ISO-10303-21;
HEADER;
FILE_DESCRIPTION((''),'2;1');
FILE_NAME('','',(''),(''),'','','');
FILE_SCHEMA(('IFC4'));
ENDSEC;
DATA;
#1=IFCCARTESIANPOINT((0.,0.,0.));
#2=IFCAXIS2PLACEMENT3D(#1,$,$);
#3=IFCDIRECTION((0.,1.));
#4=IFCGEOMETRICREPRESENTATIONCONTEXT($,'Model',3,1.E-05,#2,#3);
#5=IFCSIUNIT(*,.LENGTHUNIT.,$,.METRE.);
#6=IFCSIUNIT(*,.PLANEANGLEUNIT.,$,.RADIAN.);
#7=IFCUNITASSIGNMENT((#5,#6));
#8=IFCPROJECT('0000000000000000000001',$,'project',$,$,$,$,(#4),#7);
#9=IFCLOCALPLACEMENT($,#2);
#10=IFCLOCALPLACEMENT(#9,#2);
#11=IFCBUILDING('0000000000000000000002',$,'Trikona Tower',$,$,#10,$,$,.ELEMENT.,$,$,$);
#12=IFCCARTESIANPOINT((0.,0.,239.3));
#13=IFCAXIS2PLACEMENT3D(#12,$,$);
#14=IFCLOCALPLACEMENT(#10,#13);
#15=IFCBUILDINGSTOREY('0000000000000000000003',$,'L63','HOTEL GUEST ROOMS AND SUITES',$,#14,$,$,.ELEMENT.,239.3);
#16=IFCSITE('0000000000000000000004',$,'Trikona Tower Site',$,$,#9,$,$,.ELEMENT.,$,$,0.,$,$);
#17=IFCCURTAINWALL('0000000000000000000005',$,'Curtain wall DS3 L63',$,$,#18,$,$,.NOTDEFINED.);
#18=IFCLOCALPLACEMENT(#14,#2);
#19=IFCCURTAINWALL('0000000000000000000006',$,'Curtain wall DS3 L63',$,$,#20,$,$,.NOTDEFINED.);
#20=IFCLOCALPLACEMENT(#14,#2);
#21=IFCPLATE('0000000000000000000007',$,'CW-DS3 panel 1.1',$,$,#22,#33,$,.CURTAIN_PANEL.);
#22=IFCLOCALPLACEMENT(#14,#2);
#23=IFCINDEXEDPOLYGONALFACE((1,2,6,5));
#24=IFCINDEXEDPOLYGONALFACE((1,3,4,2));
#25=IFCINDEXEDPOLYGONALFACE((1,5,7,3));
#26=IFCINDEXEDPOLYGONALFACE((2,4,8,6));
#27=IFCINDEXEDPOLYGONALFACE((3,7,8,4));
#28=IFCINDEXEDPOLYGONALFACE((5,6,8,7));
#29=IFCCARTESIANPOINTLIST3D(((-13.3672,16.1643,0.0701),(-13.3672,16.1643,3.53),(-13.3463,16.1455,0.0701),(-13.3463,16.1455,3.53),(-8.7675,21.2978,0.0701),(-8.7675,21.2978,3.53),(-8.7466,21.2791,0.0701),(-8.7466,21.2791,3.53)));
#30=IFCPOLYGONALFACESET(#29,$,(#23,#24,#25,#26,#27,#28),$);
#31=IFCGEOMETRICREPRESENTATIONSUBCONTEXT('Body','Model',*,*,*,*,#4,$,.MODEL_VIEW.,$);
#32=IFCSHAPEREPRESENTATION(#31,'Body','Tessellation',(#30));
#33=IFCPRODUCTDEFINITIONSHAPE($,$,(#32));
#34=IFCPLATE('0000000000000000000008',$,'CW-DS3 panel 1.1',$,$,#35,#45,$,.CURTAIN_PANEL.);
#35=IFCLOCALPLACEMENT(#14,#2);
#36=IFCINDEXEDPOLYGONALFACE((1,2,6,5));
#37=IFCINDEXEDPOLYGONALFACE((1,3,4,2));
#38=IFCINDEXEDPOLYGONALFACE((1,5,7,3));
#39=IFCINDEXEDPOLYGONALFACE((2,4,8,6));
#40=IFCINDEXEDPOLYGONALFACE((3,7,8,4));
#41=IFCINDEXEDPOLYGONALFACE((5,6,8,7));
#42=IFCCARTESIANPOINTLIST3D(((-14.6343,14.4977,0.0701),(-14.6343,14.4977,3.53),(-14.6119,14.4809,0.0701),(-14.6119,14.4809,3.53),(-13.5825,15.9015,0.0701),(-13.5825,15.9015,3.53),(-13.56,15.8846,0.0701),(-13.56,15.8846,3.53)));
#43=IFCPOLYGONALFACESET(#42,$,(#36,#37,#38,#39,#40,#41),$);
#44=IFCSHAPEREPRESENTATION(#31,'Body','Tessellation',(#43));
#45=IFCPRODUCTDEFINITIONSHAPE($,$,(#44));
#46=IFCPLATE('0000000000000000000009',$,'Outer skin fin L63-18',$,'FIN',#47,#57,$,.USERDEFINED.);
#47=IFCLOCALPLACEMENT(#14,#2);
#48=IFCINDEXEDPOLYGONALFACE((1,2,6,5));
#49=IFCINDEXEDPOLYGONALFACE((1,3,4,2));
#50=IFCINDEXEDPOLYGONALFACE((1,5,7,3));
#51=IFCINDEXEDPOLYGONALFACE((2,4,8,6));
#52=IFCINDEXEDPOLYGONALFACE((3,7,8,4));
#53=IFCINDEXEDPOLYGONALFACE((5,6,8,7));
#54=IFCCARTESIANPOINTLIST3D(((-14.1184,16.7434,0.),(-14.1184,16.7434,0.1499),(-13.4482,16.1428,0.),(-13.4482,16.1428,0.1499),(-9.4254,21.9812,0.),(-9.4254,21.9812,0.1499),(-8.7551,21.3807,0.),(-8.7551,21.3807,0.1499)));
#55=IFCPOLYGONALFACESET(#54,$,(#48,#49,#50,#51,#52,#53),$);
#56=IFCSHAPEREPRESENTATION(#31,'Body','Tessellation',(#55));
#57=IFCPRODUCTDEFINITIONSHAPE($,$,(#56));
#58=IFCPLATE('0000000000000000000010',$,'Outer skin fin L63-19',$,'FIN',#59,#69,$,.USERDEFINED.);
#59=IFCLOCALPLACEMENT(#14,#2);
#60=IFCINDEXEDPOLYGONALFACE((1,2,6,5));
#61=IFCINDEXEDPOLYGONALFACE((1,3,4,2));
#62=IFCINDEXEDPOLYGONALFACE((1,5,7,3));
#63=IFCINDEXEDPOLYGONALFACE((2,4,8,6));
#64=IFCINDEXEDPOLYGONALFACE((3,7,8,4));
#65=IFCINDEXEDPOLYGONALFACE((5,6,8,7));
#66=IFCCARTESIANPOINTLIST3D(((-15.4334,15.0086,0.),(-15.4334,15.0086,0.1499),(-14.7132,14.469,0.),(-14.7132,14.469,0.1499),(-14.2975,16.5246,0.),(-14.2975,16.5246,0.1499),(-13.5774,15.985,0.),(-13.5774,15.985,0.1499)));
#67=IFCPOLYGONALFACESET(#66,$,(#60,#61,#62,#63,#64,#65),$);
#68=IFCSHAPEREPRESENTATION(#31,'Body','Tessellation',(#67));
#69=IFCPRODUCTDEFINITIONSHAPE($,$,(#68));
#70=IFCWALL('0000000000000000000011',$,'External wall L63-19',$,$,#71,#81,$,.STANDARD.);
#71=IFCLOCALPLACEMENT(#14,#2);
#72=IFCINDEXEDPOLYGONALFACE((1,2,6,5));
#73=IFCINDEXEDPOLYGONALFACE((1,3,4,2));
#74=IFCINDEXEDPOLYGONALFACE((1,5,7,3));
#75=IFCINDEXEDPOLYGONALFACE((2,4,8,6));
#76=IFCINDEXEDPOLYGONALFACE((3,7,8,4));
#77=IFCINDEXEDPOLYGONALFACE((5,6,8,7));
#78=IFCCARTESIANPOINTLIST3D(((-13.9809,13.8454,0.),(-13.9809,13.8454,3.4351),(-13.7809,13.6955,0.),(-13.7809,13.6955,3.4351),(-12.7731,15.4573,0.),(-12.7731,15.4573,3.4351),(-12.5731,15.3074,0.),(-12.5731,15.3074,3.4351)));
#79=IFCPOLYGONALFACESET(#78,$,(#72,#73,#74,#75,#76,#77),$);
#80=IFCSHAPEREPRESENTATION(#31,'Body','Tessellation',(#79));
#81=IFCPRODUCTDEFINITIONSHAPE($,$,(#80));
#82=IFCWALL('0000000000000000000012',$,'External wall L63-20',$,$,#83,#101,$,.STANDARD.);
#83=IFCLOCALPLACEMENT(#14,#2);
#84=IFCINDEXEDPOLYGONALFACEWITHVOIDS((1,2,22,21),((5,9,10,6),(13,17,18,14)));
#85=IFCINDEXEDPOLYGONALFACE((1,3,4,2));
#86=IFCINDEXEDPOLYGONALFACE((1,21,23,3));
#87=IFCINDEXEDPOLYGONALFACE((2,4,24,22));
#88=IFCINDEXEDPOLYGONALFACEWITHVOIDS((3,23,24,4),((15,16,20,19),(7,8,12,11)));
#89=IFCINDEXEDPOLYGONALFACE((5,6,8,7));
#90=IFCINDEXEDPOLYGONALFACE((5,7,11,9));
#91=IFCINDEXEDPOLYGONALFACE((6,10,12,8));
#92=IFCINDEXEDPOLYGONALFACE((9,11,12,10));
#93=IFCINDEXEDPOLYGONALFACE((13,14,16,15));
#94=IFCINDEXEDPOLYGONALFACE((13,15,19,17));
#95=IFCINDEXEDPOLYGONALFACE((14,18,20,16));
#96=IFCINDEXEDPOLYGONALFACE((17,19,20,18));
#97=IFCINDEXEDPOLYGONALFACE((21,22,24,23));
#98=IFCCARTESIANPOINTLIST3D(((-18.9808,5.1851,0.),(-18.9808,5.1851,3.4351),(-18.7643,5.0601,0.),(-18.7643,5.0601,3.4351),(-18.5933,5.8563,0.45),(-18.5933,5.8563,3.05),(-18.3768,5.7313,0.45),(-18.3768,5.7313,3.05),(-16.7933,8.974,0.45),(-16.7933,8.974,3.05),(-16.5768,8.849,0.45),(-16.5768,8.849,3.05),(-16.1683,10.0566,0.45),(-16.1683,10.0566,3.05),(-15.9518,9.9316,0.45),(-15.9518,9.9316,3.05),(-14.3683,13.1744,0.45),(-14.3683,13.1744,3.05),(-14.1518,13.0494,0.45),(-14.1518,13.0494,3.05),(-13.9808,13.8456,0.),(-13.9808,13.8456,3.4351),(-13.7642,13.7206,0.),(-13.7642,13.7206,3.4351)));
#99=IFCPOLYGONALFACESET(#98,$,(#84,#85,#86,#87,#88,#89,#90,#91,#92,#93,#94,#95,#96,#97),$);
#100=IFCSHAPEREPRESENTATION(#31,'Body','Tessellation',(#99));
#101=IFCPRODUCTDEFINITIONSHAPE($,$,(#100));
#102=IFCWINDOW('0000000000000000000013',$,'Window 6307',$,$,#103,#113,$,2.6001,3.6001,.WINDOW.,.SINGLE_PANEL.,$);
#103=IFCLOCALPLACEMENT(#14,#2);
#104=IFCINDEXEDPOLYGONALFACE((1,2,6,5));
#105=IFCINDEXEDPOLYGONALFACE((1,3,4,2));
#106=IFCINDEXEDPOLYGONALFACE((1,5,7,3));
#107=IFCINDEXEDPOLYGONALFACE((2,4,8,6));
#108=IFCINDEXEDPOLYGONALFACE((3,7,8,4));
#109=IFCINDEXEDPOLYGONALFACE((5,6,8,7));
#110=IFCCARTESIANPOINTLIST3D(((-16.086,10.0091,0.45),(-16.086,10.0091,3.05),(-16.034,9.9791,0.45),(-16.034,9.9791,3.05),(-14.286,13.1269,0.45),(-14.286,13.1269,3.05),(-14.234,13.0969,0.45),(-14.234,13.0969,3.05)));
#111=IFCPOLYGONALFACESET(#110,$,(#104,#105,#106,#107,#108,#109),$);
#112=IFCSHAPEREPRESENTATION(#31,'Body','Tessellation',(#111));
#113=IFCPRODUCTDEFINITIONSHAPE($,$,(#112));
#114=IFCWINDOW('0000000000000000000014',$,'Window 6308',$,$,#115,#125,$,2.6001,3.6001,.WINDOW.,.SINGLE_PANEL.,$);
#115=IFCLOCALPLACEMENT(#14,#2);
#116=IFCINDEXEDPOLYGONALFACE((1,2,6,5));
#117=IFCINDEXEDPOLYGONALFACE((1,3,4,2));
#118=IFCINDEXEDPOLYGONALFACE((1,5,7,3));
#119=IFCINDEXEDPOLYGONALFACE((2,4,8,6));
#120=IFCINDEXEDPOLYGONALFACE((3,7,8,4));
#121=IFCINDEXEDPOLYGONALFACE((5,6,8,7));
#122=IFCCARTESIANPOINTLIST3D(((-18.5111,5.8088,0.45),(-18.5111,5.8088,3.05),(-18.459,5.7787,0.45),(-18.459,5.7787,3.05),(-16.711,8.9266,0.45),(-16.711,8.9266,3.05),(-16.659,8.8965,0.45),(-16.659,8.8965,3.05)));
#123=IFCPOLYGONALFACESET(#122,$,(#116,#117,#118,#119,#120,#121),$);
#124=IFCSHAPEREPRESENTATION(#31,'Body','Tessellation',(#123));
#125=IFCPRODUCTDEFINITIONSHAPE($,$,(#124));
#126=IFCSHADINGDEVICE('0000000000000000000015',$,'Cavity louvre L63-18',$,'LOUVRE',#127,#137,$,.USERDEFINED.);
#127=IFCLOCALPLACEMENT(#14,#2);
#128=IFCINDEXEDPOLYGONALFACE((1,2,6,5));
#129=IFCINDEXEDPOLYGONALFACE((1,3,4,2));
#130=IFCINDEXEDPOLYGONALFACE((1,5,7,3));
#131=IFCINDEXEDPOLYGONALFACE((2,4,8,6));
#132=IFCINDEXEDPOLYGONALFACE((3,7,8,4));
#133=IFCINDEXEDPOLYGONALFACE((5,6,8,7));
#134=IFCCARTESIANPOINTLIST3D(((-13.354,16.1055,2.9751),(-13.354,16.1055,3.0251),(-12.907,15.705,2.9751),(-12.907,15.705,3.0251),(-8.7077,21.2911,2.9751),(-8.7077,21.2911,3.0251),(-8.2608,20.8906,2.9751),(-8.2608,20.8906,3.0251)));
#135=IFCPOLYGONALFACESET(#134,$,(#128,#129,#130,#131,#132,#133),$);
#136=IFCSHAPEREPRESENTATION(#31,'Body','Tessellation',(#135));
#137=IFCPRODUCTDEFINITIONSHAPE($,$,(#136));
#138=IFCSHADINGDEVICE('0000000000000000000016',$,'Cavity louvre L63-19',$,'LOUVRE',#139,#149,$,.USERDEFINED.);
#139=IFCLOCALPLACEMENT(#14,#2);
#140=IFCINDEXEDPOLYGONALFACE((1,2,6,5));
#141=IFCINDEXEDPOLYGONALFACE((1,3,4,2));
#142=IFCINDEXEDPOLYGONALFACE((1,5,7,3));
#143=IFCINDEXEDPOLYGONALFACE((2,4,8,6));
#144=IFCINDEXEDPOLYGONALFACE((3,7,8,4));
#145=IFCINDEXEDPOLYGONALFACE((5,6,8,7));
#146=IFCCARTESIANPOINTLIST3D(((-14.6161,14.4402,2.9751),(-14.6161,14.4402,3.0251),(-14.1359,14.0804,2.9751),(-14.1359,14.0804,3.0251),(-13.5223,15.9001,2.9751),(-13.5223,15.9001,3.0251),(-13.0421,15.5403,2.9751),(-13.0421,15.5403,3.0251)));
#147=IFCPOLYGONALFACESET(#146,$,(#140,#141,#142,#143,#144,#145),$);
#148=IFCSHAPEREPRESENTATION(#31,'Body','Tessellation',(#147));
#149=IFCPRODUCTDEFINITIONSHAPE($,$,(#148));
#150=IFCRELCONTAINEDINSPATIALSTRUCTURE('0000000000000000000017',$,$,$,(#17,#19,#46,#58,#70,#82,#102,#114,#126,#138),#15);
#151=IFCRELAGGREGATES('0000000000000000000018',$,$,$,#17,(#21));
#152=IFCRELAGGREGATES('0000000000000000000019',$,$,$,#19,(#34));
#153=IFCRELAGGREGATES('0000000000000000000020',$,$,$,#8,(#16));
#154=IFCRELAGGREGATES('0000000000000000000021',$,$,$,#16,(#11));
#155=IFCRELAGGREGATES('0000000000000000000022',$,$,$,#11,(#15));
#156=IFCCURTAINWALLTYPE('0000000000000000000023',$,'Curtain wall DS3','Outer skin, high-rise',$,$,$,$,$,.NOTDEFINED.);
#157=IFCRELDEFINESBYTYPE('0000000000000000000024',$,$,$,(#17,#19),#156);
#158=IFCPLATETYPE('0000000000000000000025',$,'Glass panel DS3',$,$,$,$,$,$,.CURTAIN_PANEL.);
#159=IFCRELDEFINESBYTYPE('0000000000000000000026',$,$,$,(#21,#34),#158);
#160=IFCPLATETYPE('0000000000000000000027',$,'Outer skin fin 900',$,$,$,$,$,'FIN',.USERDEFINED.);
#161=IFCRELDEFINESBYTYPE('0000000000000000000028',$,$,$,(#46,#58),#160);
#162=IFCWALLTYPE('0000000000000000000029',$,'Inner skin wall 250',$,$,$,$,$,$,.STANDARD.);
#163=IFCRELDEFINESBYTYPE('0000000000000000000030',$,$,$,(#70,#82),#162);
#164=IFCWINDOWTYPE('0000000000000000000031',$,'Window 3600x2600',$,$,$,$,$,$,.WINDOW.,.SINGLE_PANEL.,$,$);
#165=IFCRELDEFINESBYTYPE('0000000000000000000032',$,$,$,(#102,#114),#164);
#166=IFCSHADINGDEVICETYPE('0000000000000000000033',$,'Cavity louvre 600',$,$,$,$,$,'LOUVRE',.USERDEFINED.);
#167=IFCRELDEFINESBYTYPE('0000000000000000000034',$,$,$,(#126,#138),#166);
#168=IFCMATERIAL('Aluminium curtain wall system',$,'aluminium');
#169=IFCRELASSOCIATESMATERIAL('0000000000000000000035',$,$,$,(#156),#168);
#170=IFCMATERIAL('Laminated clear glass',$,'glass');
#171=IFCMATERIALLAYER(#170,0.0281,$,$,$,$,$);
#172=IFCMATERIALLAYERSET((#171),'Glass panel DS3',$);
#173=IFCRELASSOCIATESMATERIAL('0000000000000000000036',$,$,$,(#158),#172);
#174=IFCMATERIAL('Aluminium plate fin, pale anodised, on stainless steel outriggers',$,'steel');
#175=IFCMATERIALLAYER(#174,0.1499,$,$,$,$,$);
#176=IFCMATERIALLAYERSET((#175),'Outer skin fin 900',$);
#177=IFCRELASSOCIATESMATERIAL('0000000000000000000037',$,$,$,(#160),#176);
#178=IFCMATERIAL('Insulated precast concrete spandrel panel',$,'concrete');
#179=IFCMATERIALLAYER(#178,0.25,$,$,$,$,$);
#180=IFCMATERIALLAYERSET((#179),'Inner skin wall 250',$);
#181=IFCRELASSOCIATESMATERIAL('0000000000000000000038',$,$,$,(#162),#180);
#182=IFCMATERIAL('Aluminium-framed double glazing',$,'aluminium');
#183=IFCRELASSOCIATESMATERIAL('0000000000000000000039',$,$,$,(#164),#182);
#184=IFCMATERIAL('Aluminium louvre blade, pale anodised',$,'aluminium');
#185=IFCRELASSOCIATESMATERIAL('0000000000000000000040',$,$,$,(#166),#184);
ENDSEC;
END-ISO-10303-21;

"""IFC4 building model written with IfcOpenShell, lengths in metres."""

from ifc_helpers import new_model, si_unit, direction, frame, frame_2d, origin, origin_2d, place, context, subcontext, project, spatial, rectangle, extrude, material, layer, layer_set, type_object, element, fill, aggregate, save


model = new_model("IFC4")

# Units and contexts
model_context = context("Model", 3, precision=1e-05, world=origin(), true_north=direction((0.0, 1.0)))
body_context = subcontext(model_context, "Body", "Model", "MODEL_VIEW")
ifc_project = project(units=[si_unit("LENGTHUNIT", "METRE"), si_unit("PLANEANGLEUNIT", "RADIAN")], contexts=[model_context])

# Site, building, storey
site_placement = place(None, origin())
site = spatial("IfcSite", under=ifc_project, at=site_placement, Name="Trikona Tower Site", CompositionType="ELEMENT", RefElevation=0.0)
building_placement = place(site_placement, origin())
building = spatial("IfcBuilding", under=site, at=building_placement, Name="Trikona Tower", CompositionType="ELEMENT")
storey_placement = place(building_placement, frame((0.0, 0.0, 239.3)))
storey = spatial("IfcBuildingStorey", under=building, at=storey_placement, Name="L63", Description="HOTEL GUEST ROOMS AND SUITES", CompositionType="ELEMENT", Elevation=239.3)

# Curtain wall
ifc_material_1 = material(Name="Aluminium curtain wall system", Category="aluminium")
curtain_wall_type = type_object("IfcCurtainWallType", Name="Curtain wall DS3", Description="Outer skin, high-rise", PredefinedType="NOTDEFINED", material=ifc_material_1)
curtain_wall_1_placement = place(storey_placement, origin())
curtain_wall_1 = element("IfcCurtainWall", 1, at=curtain_wall_1_placement, inside=storey, type_object=curtain_wall_type, Name="Curtain wall DS3 L63", PredefinedType="NOTDEFINED")

# Curtain wall
curtain_wall_2_placement = place(storey_placement, origin())
curtain_wall_2 = element("IfcCurtainWall", 2, at=curtain_wall_2_placement, inside=storey, type_object=curtain_wall_type, Name="Curtain wall DS3 L63", PredefinedType="NOTDEFINED")

# Plates
ifc_material_2 = material(Name="Laminated clear glass", Category="glass")
ifc_layer_1 = layer(ifc_material_2, 0.0281)
ifc_layer_set_1 = layer_set([ifc_layer_1], Name="Glass panel DS3")
plate_type_1 = type_object("IfcPlateType", Name="Glass panel DS3", PredefinedType="CURTAIN_PANEL", material=ifc_layer_set_1)
plate_1_placement = place(storey_placement, frame((-11.0569, 18.7217, 0.0701), z_axis=(0.0, 0.0, 1.0), x_axis=(-0.66732, -0.744771, 0.0)))
plate_1 = element("IfcPlate", 3, at=plate_1_placement, type_object=plate_type_1, Name="CW-DS3 panel 1.1", PredefinedType="CURTAIN_PANEL", context=body_context, shape_type="SweptSolid", body=[
    extrude(rectangle(XDim=6.8928, YDim=0.0281, at=origin_2d()), origin(), (0.0, 0.0, 1.0), 3.46),
])
aggregate(curtain_wall_1, [plate_1])
plate_2_placement = place(storey_placement, frame((-14.0972, 15.1912, 0.0701), z_axis=(0.0, 0.0, 1.0), x_axis=(-0.599654, -0.80026, 0.0)))
plate_2 = element("IfcPlate", 4, at=plate_2_placement, type_object=plate_type_1, Name="CW-DS3 panel 1.1", PredefinedType="CURTAIN_PANEL", context=body_context, shape_type="SweptSolid", body=[
    extrude(rectangle(XDim=1.7542, YDim=0.0281, at=origin_2d()), origin(), (0.0, 0.0, 1.0), 3.46),
])
aggregate(curtain_wall_2, [plate_2])

# Plates
ifc_material_3 = material(Name="Aluminium plate fin, pale anodised, on stainless steel outriggers", Category="steel")
ifc_layer_2 = layer(ifc_material_3, 0.1499)
ifc_layer_set_2 = layer_set([ifc_layer_2], Name="Outer skin fin 900")
plate_type_2 = type_object("IfcPlateType", Name="Outer skin fin 900", ElementType="FIN", PredefinedType="USERDEFINED", material=ifc_layer_set_2)
plate_3_placement = place(storey_placement, frame((-11.4368, 19.062, 0.0), z_axis=(0.0, 0.0, 1.0), x_axis=(-0.667311, -0.744779, 0.0)))
element("IfcPlate", 5, at=plate_3_placement, inside=storey, type_object=plate_type_2, Name="Outer skin fin L63-18", ObjectType="FIN", PredefinedType="USERDEFINED", context=body_context, shape_type="SweptSolid", body=[
    extrude(rectangle(XDim=7.0327, YDim=0.8999, at=origin_2d()), origin(), (0.0, 0.0, 1.0), 0.1499),
])
plate_4_placement = place(storey_placement, frame((-14.5054, 15.4968, 0.0), z_axis=(0.0, 0.0, 1.0), x_axis=(-0.599619, -0.800286, 0.0)))
element("IfcPlate", 6, at=plate_4_placement, inside=storey, type_object=plate_type_2, Name="Outer skin fin L63-19", ObjectType="FIN", PredefinedType="USERDEFINED", context=body_context, shape_type="SweptSolid", body=[
    extrude(rectangle(XDim=1.8943, YDim=0.8999, at=origin_2d()), origin(), (0.0, 0.0, 1.0), 0.1499),
])

# Wall
ifc_material_4 = material(Name="Insulated precast concrete spandrel panel", Category="concrete")
ifc_layer_3 = layer(ifc_material_4, 0.25)
ifc_layer_set_3 = layer_set([ifc_layer_3], Name="Inner skin wall 250")
wall_type = type_object("IfcWallType", Name="Inner skin wall 250", PredefinedType="STANDARD", material=ifc_layer_set_3)
wall_1_placement = place(storey_placement, frame((-12.6731, 15.3823, 0.0), z_axis=(0.0, 0.0, 1.0), x_axis=(-0.599651, -0.800262, 0.0)))
element("IfcWall", 7, at=wall_1_placement, inside=storey, type_object=wall_type, Name="External wall L63-19", PredefinedType="STANDARD", context=body_context, shape_type="SweptSolid", body=[
    extrude(rectangle(XDim=2.0142, YDim=0.25, at=frame_2d((1.0071, 0.0))), origin(), (0.0, 0.0, 1.0), 3.4351),
])

# Wall, openings, windows
wall_2_placement = place(storey_placement, frame((-13.8726, 13.783, 0.0), z_axis=(0.0, 0.0, 1.0), x_axis=(-0.499994, -0.866029, 0.0)))
wall_2 = element("IfcWall", 8, at=wall_2_placement, inside=storey, type_object=wall_type, Name="External wall L63-20", PredefinedType="STANDARD", context=body_context, shape_type="SweptSolid", body=[
    extrude(rectangle(XDim=10.0002, YDim=0.25, at=frame_2d((5.0, 0.0))), origin(), (0.0, 0.0, 1.0), 3.4351),
])
opening_1_placement = place(wall_2_placement, frame((0.7749, 0.0, 0.45)))
opening_1 = element("IfcOpeningElement", 9, at=opening_1_placement, cuts=wall_2, PredefinedType="OPENING", context=body_context, shape_type="SweptSolid", body=[
    extrude(rectangle(XDim=3.6001, YDim=2.6001, at=frame_2d((1.8, 1.3))), frame((0.0, 0.135, 0.0), z_axis=(0.0, -1.0, 0.0), x_axis=(1.0, 0.0, 0.0)), (0.0, 0.0, 1.0), 0.27),
])
opening_2_placement = place(wall_2_placement, frame((5.625, 0.0, 0.45)))
opening_2 = element("IfcOpeningElement", 10, at=opening_2_placement, cuts=wall_2, PredefinedType="OPENING", context=body_context, shape_type="SweptSolid", body=[
    extrude(rectangle(XDim=3.6001, YDim=2.6001, at=frame_2d((1.8, 1.3))), frame((0.0, 0.135, 0.0), z_axis=(0.0, -1.0, 0.0), x_axis=(1.0, 0.0, 0.0)), (0.0, 0.0, 1.0), 0.27),
])
ifc_material_5 = material(Name="Aluminium-framed double glazing", Category="aluminium")
window_type = type_object("IfcWindowType", Name="Window 3600x2600", PartitioningType="SINGLE_PANEL", PredefinedType="WINDOW", material=ifc_material_5)
window_1_placement = place(opening_1_placement, origin())
window_1 = element("IfcWindow", 11, at=window_1_placement, inside=storey, type_object=window_type, Name="Window 6307", OverallHeight=2.6001, OverallWidth=3.6001, PartitioningType="SINGLE_PANEL", PredefinedType="WINDOW", context=body_context, shape_type="SweptSolid", body=[
    extrude(rectangle(XDim=3.6001, YDim=2.6001, at=frame_2d((1.8, 1.3))), frame((0.0, 0.03, 0.0), z_axis=(0.0, -1.0, 0.0), x_axis=(1.0, 0.0, 0.0)), (0.0, 0.0, 1.0), 0.0601),
])
fill(opening_1, window_1)
window_2_placement = place(opening_2_placement, origin())
window_2 = element("IfcWindow", 12, at=window_2_placement, inside=storey, type_object=window_type, Name="Window 6308", OverallHeight=2.6001, OverallWidth=3.6001, PartitioningType="SINGLE_PANEL", PredefinedType="WINDOW", context=body_context, shape_type="SweptSolid", body=[
    extrude(rectangle(XDim=3.6001, YDim=2.6001, at=frame_2d((1.8, 1.3))), frame((0.0, 0.03, 0.0), z_axis=(0.0, -1.0, 0.0), x_axis=(1.0, 0.0, 0.0)), (0.0, 0.0, 1.0), 0.0601),
])
fill(opening_2, window_2)

# Shading devices
ifc_material_6 = material(Name="Aluminium louvre blade, pale anodised", Category="aluminium")
shading_device_type = type_object("IfcShadingDeviceType", Name="Cavity louvre 600", ElementType="LOUVRE", PredefinedType="USERDEFINED", material=ifc_material_6)
shading_device_1_placement = place(storey_placement, frame((-10.8074, 18.498, 2.9751), z_axis=(0.0, 0.0, 1.0), x_axis=(-0.667311, -0.744779, 0.0)))
element("IfcShadingDevice", 13, at=shading_device_1_placement, inside=storey, type_object=shading_device_type, Name="Cavity louvre L63-18", ObjectType="LOUVRE", PredefinedType="USERDEFINED", context=body_context, shape_type="SweptSolid", body=[
    extrude(rectangle(XDim=6.9626, YDim=0.6001, at=origin_2d()), origin(), (0.0, 0.0, 1.0), 0.05),
])
shading_device_2_placement = place(storey_placement, frame((-13.8291, 14.9902, 2.9751), z_axis=(0.0, 0.0, 1.0), x_axis=(-0.599619, -0.800286, 0.0)))
element("IfcShadingDevice", 14, at=shading_device_2_placement, inside=storey, type_object=shading_device_type, Name="Cavity louvre L63-19", ObjectType="LOUVRE", PredefinedType="USERDEFINED", context=body_context, shape_type="SweptSolid", body=[
    extrude(rectangle(XDim=1.8242, YDim=0.6001, at=origin_2d()), origin(), (0.0, 0.0, 1.0), 0.05),
])

save(model, "model.ifc")
